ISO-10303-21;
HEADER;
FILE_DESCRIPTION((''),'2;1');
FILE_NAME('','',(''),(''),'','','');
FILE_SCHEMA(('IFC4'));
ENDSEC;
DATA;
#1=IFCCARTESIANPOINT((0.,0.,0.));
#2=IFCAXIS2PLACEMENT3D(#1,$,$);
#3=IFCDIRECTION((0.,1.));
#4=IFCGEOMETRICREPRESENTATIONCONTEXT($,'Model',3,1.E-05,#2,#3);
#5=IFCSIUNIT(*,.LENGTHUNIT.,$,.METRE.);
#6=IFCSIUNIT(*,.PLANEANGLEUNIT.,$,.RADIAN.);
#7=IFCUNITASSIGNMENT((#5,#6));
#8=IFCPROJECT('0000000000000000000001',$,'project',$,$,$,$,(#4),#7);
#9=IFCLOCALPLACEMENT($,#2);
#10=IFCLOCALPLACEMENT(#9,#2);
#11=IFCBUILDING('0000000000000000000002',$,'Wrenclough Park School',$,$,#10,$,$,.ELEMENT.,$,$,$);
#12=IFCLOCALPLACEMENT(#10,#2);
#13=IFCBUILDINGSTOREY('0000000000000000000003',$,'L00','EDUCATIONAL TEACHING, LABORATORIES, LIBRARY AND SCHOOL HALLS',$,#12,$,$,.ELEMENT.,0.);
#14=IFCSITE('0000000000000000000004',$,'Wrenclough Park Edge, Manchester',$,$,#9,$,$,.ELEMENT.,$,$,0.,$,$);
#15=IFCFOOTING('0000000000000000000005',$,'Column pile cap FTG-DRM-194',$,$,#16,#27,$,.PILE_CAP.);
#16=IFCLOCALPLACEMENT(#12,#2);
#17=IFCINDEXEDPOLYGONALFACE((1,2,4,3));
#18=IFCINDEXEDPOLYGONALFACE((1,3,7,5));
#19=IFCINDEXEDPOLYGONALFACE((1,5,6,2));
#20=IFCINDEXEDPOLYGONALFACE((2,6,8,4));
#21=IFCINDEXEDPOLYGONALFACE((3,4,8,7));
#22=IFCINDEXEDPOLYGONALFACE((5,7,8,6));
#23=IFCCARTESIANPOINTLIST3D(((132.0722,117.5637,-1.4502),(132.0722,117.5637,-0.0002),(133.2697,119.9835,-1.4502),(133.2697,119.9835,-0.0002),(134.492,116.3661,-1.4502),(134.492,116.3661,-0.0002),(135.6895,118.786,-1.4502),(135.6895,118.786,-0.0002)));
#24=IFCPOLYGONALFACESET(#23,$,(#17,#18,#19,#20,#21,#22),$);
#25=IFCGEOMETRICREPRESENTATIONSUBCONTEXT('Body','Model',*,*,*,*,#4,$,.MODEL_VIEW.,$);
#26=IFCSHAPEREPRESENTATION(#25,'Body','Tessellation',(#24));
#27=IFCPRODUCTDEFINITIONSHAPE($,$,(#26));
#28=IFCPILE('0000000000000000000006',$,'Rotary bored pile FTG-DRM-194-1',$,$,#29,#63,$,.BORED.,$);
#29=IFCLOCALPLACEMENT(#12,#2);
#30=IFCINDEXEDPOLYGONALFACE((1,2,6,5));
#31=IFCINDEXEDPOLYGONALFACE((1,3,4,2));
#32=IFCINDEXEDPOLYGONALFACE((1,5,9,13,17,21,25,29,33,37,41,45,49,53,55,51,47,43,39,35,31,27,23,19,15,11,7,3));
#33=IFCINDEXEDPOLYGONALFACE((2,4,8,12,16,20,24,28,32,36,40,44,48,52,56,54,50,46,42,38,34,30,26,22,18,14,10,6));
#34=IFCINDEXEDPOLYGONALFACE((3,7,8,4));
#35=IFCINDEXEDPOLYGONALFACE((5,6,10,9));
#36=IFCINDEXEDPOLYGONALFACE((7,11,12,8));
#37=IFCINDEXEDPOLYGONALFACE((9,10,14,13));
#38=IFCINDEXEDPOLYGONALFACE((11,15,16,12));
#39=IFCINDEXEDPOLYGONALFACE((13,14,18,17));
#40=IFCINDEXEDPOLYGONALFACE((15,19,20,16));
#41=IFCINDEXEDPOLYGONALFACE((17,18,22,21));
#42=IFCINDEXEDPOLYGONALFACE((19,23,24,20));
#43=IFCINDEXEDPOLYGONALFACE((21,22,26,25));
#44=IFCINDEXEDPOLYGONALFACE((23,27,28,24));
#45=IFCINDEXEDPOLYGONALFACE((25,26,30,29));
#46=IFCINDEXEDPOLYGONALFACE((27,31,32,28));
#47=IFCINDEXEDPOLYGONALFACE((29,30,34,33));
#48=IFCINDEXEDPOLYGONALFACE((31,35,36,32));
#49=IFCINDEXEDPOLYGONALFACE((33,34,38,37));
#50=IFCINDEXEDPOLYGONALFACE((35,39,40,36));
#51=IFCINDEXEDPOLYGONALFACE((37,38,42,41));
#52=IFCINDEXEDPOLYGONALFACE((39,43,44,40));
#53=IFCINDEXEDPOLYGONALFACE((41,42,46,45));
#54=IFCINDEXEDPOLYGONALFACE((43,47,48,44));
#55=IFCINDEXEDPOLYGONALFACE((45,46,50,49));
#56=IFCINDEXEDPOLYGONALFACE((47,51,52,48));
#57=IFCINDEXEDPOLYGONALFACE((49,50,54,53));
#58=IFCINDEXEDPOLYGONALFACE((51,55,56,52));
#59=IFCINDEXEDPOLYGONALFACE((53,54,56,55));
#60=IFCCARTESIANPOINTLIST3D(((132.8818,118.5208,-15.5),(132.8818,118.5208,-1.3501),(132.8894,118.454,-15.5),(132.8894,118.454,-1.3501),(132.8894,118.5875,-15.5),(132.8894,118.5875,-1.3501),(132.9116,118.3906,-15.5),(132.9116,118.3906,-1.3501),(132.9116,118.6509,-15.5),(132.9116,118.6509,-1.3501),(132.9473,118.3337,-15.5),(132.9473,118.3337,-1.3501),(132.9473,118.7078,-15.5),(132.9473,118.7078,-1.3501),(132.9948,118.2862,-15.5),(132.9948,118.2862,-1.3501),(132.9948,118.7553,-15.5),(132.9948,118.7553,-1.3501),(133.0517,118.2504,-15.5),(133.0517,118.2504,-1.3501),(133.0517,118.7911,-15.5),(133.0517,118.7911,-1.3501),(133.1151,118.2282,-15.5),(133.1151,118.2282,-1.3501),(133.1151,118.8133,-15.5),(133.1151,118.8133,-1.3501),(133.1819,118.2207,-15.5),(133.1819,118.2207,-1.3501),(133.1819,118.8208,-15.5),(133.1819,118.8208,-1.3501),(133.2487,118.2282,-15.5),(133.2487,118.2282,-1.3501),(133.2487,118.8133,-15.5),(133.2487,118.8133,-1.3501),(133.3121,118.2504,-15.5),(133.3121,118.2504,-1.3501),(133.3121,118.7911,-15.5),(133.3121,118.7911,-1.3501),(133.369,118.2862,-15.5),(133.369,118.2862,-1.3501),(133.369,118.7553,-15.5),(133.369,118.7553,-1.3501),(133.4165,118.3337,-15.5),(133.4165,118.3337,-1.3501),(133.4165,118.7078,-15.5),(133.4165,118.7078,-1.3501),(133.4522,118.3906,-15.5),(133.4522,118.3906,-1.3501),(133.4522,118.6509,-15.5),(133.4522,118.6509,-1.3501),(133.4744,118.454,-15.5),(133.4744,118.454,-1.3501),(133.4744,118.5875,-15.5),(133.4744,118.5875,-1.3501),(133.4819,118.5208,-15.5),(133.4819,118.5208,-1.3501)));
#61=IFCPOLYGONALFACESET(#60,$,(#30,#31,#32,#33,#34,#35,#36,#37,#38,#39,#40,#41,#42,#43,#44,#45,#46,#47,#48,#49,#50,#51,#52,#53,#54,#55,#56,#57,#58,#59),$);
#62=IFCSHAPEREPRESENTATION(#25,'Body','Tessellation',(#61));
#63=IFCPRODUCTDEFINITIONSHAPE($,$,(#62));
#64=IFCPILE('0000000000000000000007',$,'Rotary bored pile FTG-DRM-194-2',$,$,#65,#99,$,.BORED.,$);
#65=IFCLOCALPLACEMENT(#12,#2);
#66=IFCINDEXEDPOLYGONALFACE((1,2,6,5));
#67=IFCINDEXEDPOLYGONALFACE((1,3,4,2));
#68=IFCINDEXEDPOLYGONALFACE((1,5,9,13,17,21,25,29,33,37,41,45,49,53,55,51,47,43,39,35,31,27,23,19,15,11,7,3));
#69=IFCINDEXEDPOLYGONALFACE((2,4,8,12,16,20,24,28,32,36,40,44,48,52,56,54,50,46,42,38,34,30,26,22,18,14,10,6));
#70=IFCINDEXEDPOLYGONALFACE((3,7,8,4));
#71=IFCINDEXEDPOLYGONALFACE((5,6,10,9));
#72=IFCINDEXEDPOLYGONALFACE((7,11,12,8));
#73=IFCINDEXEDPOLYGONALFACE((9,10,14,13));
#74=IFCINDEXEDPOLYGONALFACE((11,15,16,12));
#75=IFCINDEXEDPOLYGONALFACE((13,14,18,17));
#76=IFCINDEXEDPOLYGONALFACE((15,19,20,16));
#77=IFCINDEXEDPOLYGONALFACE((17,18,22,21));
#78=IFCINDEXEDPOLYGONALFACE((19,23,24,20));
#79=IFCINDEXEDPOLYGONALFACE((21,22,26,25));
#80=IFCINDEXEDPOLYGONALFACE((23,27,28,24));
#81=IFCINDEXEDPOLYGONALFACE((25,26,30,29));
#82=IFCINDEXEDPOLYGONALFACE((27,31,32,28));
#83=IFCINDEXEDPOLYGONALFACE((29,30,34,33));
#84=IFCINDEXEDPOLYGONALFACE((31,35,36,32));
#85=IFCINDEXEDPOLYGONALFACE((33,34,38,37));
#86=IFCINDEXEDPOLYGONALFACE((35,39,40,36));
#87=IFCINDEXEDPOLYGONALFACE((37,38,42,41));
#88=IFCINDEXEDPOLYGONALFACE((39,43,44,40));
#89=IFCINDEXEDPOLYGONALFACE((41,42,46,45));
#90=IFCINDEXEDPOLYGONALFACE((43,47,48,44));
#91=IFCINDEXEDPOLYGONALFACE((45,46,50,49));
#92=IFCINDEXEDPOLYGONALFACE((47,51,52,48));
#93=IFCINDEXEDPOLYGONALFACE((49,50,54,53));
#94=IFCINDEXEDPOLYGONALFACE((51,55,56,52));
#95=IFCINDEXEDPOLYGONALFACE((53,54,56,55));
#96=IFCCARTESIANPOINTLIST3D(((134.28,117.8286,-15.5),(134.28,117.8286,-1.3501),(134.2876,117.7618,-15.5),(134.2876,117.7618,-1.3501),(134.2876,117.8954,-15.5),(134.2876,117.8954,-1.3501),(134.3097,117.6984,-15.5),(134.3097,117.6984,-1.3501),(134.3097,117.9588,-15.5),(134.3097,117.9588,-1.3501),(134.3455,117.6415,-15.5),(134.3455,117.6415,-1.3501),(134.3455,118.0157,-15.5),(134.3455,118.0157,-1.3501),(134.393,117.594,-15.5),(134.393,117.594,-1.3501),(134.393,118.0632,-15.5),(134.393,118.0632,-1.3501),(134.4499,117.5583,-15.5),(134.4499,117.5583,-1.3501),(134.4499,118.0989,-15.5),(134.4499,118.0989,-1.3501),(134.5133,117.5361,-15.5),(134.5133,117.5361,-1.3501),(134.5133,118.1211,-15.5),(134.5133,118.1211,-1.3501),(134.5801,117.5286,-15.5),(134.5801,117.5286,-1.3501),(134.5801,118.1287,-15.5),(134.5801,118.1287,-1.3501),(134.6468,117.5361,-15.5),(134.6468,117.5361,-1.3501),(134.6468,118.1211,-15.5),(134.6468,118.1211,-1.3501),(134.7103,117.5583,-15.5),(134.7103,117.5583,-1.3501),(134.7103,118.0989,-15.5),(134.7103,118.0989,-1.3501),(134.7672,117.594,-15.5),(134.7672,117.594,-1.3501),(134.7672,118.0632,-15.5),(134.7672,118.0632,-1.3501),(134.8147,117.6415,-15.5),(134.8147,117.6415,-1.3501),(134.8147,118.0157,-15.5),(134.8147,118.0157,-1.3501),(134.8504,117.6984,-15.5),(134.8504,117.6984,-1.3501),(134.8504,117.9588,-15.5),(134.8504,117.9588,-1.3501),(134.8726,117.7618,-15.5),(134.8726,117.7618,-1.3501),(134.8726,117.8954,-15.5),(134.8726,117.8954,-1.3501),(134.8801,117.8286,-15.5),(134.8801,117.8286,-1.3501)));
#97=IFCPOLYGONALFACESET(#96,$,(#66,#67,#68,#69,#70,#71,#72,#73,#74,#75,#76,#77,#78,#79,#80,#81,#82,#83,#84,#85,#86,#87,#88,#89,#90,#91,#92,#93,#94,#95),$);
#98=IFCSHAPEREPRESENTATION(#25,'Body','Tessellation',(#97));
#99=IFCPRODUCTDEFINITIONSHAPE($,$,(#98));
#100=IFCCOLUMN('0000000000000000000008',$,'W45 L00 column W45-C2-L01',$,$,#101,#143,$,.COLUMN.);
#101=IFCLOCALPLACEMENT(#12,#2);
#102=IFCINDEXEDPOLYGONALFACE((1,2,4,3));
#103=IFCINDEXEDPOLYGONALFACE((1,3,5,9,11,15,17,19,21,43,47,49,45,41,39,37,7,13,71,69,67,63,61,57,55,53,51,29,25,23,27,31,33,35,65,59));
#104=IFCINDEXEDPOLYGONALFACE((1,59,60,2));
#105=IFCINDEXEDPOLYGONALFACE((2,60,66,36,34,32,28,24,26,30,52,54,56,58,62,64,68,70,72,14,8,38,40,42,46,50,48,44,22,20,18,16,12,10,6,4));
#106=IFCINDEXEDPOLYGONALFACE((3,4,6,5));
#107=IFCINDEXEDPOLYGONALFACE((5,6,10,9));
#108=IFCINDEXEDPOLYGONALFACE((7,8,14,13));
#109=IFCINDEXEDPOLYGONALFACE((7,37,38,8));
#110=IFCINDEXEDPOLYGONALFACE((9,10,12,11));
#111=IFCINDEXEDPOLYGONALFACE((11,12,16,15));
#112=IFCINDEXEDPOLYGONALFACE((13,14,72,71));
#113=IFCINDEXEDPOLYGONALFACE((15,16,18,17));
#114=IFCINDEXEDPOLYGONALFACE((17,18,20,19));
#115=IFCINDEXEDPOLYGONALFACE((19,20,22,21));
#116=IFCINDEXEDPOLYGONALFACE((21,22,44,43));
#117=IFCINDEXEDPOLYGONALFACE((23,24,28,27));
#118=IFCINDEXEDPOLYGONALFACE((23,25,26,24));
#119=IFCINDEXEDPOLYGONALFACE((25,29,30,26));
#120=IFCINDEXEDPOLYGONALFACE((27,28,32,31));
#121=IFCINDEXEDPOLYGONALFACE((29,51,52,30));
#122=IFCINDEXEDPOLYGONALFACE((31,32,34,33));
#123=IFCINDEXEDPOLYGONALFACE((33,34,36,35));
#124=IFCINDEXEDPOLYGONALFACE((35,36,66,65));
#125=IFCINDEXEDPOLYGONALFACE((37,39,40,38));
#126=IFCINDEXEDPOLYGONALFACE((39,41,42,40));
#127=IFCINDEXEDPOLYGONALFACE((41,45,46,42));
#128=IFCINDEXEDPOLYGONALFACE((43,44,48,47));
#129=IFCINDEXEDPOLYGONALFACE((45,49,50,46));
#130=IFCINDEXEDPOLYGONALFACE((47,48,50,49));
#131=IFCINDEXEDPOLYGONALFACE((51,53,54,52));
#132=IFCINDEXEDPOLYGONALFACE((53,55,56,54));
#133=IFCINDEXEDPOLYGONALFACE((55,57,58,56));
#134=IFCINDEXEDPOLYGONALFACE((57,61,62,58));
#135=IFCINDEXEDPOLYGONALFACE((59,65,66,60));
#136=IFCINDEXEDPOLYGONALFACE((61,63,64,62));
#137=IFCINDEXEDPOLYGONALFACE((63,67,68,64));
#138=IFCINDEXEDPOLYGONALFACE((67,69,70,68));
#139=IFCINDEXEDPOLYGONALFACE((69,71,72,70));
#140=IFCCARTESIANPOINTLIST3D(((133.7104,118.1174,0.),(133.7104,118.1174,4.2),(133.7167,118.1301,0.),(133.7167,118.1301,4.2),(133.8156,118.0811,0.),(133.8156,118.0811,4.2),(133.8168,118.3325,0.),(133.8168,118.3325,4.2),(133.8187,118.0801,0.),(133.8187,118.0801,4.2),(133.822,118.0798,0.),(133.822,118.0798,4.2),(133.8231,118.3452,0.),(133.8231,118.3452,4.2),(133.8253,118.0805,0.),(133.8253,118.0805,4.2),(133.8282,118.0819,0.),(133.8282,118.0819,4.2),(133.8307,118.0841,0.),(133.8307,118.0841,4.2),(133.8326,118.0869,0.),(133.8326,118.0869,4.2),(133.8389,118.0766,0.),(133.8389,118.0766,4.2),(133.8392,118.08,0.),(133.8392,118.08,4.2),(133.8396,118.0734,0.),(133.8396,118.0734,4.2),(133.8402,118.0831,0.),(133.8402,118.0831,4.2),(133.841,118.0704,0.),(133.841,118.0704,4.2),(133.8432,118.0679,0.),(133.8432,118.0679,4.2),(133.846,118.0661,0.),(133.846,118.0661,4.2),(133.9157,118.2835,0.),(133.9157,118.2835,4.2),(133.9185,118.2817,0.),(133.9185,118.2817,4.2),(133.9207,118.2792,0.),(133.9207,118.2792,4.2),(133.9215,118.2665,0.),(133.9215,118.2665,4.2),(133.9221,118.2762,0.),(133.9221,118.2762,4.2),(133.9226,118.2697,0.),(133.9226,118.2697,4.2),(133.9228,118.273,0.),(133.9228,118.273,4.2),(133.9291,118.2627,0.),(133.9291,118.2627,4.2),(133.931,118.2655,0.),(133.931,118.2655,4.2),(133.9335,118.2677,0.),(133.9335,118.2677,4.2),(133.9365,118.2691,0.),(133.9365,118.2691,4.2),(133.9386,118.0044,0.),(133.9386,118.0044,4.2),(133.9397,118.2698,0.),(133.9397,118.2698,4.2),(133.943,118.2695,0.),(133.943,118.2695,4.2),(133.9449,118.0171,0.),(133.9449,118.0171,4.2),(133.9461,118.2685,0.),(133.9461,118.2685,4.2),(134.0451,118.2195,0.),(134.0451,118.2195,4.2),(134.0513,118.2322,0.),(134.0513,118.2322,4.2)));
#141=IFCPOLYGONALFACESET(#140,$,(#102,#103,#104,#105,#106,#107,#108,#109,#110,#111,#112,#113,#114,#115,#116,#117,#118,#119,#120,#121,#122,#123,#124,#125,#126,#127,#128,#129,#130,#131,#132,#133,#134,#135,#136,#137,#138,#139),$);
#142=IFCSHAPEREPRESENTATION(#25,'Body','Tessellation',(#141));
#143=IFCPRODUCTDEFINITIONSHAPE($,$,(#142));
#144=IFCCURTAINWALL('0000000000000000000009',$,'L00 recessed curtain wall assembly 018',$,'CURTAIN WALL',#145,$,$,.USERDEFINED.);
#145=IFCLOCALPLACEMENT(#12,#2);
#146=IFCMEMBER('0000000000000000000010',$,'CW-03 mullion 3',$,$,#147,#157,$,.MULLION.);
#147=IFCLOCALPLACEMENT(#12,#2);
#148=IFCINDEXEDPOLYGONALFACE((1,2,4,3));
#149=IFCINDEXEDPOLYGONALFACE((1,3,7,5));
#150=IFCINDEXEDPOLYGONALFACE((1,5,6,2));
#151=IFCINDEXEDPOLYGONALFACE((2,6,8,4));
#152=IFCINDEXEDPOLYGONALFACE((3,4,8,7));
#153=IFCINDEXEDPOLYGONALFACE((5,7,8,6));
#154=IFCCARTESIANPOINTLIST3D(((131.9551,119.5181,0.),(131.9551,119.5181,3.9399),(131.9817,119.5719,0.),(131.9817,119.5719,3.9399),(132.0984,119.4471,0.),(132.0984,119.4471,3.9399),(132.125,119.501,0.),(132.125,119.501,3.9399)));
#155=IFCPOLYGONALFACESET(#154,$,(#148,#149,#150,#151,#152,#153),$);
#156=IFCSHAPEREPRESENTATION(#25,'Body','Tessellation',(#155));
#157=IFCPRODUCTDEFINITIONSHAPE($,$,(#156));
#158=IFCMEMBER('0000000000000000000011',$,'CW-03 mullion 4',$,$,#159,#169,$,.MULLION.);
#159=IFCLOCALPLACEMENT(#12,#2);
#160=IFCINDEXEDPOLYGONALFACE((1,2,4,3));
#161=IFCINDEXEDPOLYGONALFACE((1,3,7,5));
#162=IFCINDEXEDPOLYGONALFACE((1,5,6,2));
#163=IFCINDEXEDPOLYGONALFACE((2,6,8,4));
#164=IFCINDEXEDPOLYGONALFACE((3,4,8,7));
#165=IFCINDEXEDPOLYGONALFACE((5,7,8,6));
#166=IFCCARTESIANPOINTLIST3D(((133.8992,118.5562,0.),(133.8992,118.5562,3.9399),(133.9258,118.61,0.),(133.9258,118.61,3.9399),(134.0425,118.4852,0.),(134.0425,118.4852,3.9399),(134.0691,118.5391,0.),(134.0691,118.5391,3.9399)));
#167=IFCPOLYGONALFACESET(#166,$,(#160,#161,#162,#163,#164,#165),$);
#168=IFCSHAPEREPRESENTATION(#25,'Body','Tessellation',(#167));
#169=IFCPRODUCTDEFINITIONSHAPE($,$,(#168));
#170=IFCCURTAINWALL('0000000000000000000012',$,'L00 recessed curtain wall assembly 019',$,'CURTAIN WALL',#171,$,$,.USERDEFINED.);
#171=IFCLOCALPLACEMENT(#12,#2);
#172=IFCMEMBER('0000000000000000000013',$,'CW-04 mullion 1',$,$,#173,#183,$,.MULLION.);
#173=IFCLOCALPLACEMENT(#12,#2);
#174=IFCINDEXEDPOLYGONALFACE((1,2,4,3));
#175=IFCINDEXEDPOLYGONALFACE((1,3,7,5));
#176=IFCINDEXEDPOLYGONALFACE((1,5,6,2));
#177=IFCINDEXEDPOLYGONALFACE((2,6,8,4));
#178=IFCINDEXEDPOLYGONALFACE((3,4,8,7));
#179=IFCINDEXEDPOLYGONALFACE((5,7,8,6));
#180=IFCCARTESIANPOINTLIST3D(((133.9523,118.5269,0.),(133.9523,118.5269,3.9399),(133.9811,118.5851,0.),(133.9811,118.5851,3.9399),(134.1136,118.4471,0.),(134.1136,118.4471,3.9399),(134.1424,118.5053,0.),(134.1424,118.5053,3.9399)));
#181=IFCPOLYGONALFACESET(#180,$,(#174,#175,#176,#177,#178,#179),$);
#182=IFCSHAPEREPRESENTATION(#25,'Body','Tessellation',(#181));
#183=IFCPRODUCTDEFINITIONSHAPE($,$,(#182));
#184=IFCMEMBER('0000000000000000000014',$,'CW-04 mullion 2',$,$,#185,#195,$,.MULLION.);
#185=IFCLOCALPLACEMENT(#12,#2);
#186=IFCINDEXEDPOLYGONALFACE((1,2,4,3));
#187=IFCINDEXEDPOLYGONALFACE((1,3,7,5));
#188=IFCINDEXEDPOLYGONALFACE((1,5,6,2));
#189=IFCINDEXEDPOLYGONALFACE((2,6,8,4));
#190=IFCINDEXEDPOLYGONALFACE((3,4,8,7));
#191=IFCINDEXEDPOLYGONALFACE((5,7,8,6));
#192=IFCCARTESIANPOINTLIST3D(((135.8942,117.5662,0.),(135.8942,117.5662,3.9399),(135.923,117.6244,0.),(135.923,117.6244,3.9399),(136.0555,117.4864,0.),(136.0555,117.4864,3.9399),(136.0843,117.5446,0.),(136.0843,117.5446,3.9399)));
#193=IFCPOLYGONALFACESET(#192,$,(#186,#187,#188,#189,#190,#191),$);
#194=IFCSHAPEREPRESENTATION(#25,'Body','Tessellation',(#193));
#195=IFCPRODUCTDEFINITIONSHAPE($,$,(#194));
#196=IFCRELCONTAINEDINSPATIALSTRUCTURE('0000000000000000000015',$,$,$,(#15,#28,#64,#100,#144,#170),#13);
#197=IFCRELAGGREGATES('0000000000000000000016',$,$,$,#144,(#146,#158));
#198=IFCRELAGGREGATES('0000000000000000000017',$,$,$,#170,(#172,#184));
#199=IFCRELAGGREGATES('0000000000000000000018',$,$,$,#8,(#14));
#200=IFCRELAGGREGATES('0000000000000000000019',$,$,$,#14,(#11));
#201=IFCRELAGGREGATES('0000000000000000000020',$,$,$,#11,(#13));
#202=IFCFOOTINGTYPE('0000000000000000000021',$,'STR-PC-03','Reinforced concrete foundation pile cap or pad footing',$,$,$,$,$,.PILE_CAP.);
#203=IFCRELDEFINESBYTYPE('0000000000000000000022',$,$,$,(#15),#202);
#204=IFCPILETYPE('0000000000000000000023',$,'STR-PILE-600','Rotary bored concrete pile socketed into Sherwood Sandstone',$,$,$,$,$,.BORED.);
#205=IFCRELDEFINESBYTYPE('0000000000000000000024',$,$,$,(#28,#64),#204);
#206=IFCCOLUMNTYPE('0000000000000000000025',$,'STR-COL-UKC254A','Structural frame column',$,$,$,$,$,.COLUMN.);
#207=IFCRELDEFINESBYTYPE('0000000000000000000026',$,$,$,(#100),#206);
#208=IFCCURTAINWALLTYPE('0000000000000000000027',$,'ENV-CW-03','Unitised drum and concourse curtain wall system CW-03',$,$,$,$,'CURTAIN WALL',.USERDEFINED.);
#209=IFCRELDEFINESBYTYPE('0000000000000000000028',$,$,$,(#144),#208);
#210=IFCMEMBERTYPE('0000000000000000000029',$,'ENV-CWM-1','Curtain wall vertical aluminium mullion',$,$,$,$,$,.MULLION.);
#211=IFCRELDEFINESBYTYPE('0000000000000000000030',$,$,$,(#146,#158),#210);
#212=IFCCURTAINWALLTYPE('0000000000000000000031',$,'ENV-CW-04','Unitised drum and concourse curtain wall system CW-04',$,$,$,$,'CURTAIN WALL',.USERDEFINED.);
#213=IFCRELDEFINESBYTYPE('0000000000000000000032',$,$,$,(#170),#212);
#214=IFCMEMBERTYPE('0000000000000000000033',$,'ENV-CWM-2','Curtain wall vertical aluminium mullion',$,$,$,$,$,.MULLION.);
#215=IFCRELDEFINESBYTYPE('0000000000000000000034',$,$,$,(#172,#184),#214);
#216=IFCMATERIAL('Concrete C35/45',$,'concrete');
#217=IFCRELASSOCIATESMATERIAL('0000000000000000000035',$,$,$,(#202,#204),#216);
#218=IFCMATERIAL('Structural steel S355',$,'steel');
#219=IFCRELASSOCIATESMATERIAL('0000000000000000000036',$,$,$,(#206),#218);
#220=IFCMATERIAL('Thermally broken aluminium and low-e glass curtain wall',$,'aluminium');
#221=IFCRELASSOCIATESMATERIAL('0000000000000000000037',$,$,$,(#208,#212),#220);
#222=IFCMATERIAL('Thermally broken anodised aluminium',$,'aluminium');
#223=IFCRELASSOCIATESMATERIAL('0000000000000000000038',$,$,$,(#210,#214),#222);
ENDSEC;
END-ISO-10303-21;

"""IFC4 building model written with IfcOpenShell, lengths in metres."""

from ifc_helpers import new_model, si_unit, direction, frame, origin, origin_2d, place, context, subcontext, project, spatial, rectangle, circle, i_section, extrude, material, material_profile, profile_set, type_object, element, aggregate, save


model = new_model("IFC4")

# Units and contexts
model_context = context("Model", 3, precision=1e-05, world=origin(), true_north=direction((0.0, 1.0)))
body_context = subcontext(model_context, "Body", "Model", "MODEL_VIEW")
ifc_project = project(units=[si_unit("LENGTHUNIT", "METRE"), si_unit("PLANEANGLEUNIT", "RADIAN")], contexts=[model_context])

# Site, building, storey
site_placement = place(None, origin())
site = spatial("IfcSite", under=ifc_project, at=site_placement, Name="Wrenclough Park Edge, Manchester", CompositionType="ELEMENT", RefElevation=0.0)
building_placement = place(site_placement, origin())
building = spatial("IfcBuilding", under=site, at=building_placement, Name="Wrenclough Park School", CompositionType="ELEMENT")
storey_placement = place(building_placement, origin())
storey = spatial("IfcBuildingStorey", under=building, at=storey_placement, Name="L00", Description="EDUCATIONAL TEACHING, LABORATORIES, LIBRARY AND SCHOOL HALLS", CompositionType="ELEMENT", Elevation=0.0)

# Footing
ifc_material_1 = material(Name="Concrete C35/45", Category="concrete")
footing_type = type_object("IfcFootingType", Name="STR-PC-03", Description="Reinforced concrete foundation pile cap or pad footing", PredefinedType="PILE_CAP", material=ifc_material_1)
footing_placement = place(storey_placement, frame((133.8809, 118.1748, -1.4502), z_axis=(0.0, 0.0, 1.0), x_axis=(0.896254, -0.443541, 0.0)))
element("IfcFooting", 1, at=footing_placement, inside=storey, type_object=footing_type, Name="Column pile cap FTG-DRM-194", PredefinedType="PILE_CAP", context=body_context, shape_type="SweptSolid", body=[
    extrude(rectangle(XDim=2.7, YDim=2.7, at=origin_2d()), origin(), (0.0, 0.0, 1.0), 1.45),
])

# Piles
ifc_material_profile_1 = material_profile(ifc_material_1, circle(Radius=0.3, at=origin_2d()), Name="BORED PILE D600")
ifc_profile_set_1 = profile_set([ifc_material_profile_1], Name="Concrete C35/45")
pile_type = type_object("IfcPileType", Name="STR-PILE-600", Description="Rotary bored concrete pile socketed into Sherwood Sandstone", PredefinedType="BORED", material=ifc_profile_set_1)
for number, where, z_axis, x_axis, name in (
    (2, (133.1819, 118.5208, -1.3501), (0.0, 0.0, -1.0), (1.0, 0.0, 0.0), "Rotary bored pile FTG-DRM-194-1"),
    (3, (134.5801, 117.8286, -1.3501), (0.0, 0.0, -1.0), (1.0, 0.0, 0.0), "Rotary bored pile FTG-DRM-194-2"),
):
    element("IfcPile", number, at=place(storey_placement, frame(where, z_axis=z_axis, x_axis=x_axis)), inside=storey, type_object=pile_type, Name=name, PredefinedType="BORED", context=body_context, shape_type="SweptSolid", body=[
        extrude(circle(Radius=0.3, at=origin_2d()), origin(), (0.0, 0.0, 1.0), 14.1499),
    ])

# Column
ifc_material_2 = material(Name="Structural steel S355", Category="steel")
ifc_material_profile_2 = material_profile(ifc_material_2, i_section(OverallWidth=0.2546, OverallDepth=0.2542, WebThickness=0.0085, FlangeThickness=0.0142, FilletRadius=0.0127, at=origin_2d()), Name="UKC 254x254x73")
ifc_profile_set_2 = profile_set([ifc_material_profile_2], Name="Structural steel S355")
column_type = type_object("IfcColumnType", Name="STR-COL-UKC254A", Description="Structural frame column", PredefinedType="COLUMN", material=ifc_profile_set_2)
column_placement = place(storey_placement, frame((133.8809, 118.1748, 0.0), z_axis=(0.0, 0.0, 1.0), x_axis=(0.896254, -0.443541, 0.0)))
element("IfcColumn", 4, at=column_placement, inside=storey, type_object=column_type, Name="W45 L00 column W45-C2-L01", PredefinedType="COLUMN", context=body_context, shape_type="SweptSolid", body=[
    extrude(i_section(OverallWidth=0.2546, OverallDepth=0.2542, WebThickness=0.0085, FlangeThickness=0.0142, FilletRadius=0.0127, at=origin_2d()), origin(), (0.0, 0.0, 1.0), 4.2),
])

# Curtain walls, members
ifc_material_3 = material(Name="Thermally broken aluminium and low-e glass curtain wall", Category="aluminium")
curtain_wall_type_1 = type_object("IfcCurtainWallType", Name="ENV-CW-03", Description="Unitised drum and concourse curtain wall system CW-03", ElementType="CURTAIN WALL", PredefinedType="USERDEFINED", material=ifc_material_3)
curtain_wall_1_placement = place(storey_placement, origin())
curtain_wall_1 = element("IfcCurtainWall", 5, at=curtain_wall_1_placement, inside=storey, type_object=curtain_wall_type_1, Name="L00 recessed curtain wall assembly 018", ObjectType="CURTAIN WALL", PredefinedType="USERDEFINED")
ifc_material_4 = material(Name="Thermally broken anodised aluminium", Category="aluminium")
ifc_material_profile_3 = material_profile(ifc_material_4, rectangle(XDim=0.0601, YDim=0.1599, at=origin_2d()), Name="AL MULLION 60x160")
ifc_profile_set_3 = profile_set([ifc_material_profile_3], Name="Thermally broken anodised aluminium")
member_type_1 = type_object("IfcMemberType", Name="ENV-CWM-1", Description="Curtain wall vertical aluminium mullion", PredefinedType="MULLION", material=ifc_profile_set_3)
member_1_placement = place(storey_placement, frame((132.04, 119.5095, 0.0), z_axis=(0.0, 0.0, 1.0), x_axis=(0.443511, 0.896269, 0.0)))
member_1 = element("IfcMember", 6, at=member_1_placement, type_object=member_type_1, Name="CW-03 mullion 3", PredefinedType="MULLION", context=body_context, shape_type="SweptSolid", body=[
    extrude(rectangle(XDim=0.0601, YDim=0.1599, at=origin_2d()), origin(), (0.0, 0.0, 1.0), 3.9399),
])
member_2_placement = place(storey_placement, frame((133.9841, 118.5476, 0.0), z_axis=(0.0, 0.0, 1.0), x_axis=(0.443511, 0.896269, 0.0)))
member_2 = element("IfcMember", 7, at=member_2_placement, type_object=member_type_1, Name="CW-03 mullion 4", PredefinedType="MULLION", context=body_context, shape_type="SweptSolid", body=[
    extrude(rectangle(XDim=0.0601, YDim=0.1599, at=origin_2d()), origin(), (0.0, 0.0, 1.0), 3.9399),
])
curtain_wall_type_2 = type_object("IfcCurtainWallType", Name="ENV-CW-04", Description="Unitised drum and concourse curtain wall system CW-04", ElementType="CURTAIN WALL", PredefinedType="USERDEFINED", material=ifc_material_3)
curtain_wall_2_placement = place(storey_placement, origin())
curtain_wall_2 = element("IfcCurtainWall", 8, at=curtain_wall_2_placement, inside=storey, type_object=curtain_wall_type_2, Name="L00 recessed curtain wall assembly 019", ObjectType="CURTAIN WALL", PredefinedType="USERDEFINED")
ifc_material_profile_4 = material_profile(ifc_material_4, rectangle(XDim=0.0649, YDim=0.1799, at=origin_2d()), Name="AL MULLION 65x180")
ifc_profile_set_4 = profile_set([ifc_material_profile_4], Name="Thermally broken anodised aluminium")
member_type_2 = type_object("IfcMemberType", Name="ENV-CWM-2", Description="Curtain wall vertical aluminium mullion", PredefinedType="MULLION", material=ifc_profile_set_4)
member_3_placement = place(storey_placement, frame((134.0474, 118.5161, 0.0), z_axis=(0.0, 0.0, 1.0), x_axis=(0.443499, 0.896275, 0.0)))
member_3 = element("IfcMember", 9, at=member_3_placement, type_object=member_type_2, Name="CW-04 mullion 1", PredefinedType="MULLION", context=body_context, shape_type="SweptSolid", body=[
    extrude(rectangle(XDim=0.0649, YDim=0.1799, at=origin_2d()), origin(), (0.0, 0.0, 1.0), 3.9399),
])
member_4_placement = place(storey_placement, frame((135.9893, 117.5554, 0.0), z_axis=(0.0, 0.0, 1.0), x_axis=(0.443499, 0.896275, 0.0)))
member_4 = element("IfcMember", 10, at=member_4_placement, type_object=member_type_2, Name="CW-04 mullion 2", PredefinedType="MULLION", context=body_context, shape_type="SweptSolid", body=[
    extrude(rectangle(XDim=0.0649, YDim=0.1799, at=origin_2d()), origin(), (0.0, 0.0, 1.0), 3.9399),
])

aggregate(curtain_wall_1, [member_1, member_2])
aggregate(curtain_wall_2, [member_3, member_4])

save(model, "model.ifc")
